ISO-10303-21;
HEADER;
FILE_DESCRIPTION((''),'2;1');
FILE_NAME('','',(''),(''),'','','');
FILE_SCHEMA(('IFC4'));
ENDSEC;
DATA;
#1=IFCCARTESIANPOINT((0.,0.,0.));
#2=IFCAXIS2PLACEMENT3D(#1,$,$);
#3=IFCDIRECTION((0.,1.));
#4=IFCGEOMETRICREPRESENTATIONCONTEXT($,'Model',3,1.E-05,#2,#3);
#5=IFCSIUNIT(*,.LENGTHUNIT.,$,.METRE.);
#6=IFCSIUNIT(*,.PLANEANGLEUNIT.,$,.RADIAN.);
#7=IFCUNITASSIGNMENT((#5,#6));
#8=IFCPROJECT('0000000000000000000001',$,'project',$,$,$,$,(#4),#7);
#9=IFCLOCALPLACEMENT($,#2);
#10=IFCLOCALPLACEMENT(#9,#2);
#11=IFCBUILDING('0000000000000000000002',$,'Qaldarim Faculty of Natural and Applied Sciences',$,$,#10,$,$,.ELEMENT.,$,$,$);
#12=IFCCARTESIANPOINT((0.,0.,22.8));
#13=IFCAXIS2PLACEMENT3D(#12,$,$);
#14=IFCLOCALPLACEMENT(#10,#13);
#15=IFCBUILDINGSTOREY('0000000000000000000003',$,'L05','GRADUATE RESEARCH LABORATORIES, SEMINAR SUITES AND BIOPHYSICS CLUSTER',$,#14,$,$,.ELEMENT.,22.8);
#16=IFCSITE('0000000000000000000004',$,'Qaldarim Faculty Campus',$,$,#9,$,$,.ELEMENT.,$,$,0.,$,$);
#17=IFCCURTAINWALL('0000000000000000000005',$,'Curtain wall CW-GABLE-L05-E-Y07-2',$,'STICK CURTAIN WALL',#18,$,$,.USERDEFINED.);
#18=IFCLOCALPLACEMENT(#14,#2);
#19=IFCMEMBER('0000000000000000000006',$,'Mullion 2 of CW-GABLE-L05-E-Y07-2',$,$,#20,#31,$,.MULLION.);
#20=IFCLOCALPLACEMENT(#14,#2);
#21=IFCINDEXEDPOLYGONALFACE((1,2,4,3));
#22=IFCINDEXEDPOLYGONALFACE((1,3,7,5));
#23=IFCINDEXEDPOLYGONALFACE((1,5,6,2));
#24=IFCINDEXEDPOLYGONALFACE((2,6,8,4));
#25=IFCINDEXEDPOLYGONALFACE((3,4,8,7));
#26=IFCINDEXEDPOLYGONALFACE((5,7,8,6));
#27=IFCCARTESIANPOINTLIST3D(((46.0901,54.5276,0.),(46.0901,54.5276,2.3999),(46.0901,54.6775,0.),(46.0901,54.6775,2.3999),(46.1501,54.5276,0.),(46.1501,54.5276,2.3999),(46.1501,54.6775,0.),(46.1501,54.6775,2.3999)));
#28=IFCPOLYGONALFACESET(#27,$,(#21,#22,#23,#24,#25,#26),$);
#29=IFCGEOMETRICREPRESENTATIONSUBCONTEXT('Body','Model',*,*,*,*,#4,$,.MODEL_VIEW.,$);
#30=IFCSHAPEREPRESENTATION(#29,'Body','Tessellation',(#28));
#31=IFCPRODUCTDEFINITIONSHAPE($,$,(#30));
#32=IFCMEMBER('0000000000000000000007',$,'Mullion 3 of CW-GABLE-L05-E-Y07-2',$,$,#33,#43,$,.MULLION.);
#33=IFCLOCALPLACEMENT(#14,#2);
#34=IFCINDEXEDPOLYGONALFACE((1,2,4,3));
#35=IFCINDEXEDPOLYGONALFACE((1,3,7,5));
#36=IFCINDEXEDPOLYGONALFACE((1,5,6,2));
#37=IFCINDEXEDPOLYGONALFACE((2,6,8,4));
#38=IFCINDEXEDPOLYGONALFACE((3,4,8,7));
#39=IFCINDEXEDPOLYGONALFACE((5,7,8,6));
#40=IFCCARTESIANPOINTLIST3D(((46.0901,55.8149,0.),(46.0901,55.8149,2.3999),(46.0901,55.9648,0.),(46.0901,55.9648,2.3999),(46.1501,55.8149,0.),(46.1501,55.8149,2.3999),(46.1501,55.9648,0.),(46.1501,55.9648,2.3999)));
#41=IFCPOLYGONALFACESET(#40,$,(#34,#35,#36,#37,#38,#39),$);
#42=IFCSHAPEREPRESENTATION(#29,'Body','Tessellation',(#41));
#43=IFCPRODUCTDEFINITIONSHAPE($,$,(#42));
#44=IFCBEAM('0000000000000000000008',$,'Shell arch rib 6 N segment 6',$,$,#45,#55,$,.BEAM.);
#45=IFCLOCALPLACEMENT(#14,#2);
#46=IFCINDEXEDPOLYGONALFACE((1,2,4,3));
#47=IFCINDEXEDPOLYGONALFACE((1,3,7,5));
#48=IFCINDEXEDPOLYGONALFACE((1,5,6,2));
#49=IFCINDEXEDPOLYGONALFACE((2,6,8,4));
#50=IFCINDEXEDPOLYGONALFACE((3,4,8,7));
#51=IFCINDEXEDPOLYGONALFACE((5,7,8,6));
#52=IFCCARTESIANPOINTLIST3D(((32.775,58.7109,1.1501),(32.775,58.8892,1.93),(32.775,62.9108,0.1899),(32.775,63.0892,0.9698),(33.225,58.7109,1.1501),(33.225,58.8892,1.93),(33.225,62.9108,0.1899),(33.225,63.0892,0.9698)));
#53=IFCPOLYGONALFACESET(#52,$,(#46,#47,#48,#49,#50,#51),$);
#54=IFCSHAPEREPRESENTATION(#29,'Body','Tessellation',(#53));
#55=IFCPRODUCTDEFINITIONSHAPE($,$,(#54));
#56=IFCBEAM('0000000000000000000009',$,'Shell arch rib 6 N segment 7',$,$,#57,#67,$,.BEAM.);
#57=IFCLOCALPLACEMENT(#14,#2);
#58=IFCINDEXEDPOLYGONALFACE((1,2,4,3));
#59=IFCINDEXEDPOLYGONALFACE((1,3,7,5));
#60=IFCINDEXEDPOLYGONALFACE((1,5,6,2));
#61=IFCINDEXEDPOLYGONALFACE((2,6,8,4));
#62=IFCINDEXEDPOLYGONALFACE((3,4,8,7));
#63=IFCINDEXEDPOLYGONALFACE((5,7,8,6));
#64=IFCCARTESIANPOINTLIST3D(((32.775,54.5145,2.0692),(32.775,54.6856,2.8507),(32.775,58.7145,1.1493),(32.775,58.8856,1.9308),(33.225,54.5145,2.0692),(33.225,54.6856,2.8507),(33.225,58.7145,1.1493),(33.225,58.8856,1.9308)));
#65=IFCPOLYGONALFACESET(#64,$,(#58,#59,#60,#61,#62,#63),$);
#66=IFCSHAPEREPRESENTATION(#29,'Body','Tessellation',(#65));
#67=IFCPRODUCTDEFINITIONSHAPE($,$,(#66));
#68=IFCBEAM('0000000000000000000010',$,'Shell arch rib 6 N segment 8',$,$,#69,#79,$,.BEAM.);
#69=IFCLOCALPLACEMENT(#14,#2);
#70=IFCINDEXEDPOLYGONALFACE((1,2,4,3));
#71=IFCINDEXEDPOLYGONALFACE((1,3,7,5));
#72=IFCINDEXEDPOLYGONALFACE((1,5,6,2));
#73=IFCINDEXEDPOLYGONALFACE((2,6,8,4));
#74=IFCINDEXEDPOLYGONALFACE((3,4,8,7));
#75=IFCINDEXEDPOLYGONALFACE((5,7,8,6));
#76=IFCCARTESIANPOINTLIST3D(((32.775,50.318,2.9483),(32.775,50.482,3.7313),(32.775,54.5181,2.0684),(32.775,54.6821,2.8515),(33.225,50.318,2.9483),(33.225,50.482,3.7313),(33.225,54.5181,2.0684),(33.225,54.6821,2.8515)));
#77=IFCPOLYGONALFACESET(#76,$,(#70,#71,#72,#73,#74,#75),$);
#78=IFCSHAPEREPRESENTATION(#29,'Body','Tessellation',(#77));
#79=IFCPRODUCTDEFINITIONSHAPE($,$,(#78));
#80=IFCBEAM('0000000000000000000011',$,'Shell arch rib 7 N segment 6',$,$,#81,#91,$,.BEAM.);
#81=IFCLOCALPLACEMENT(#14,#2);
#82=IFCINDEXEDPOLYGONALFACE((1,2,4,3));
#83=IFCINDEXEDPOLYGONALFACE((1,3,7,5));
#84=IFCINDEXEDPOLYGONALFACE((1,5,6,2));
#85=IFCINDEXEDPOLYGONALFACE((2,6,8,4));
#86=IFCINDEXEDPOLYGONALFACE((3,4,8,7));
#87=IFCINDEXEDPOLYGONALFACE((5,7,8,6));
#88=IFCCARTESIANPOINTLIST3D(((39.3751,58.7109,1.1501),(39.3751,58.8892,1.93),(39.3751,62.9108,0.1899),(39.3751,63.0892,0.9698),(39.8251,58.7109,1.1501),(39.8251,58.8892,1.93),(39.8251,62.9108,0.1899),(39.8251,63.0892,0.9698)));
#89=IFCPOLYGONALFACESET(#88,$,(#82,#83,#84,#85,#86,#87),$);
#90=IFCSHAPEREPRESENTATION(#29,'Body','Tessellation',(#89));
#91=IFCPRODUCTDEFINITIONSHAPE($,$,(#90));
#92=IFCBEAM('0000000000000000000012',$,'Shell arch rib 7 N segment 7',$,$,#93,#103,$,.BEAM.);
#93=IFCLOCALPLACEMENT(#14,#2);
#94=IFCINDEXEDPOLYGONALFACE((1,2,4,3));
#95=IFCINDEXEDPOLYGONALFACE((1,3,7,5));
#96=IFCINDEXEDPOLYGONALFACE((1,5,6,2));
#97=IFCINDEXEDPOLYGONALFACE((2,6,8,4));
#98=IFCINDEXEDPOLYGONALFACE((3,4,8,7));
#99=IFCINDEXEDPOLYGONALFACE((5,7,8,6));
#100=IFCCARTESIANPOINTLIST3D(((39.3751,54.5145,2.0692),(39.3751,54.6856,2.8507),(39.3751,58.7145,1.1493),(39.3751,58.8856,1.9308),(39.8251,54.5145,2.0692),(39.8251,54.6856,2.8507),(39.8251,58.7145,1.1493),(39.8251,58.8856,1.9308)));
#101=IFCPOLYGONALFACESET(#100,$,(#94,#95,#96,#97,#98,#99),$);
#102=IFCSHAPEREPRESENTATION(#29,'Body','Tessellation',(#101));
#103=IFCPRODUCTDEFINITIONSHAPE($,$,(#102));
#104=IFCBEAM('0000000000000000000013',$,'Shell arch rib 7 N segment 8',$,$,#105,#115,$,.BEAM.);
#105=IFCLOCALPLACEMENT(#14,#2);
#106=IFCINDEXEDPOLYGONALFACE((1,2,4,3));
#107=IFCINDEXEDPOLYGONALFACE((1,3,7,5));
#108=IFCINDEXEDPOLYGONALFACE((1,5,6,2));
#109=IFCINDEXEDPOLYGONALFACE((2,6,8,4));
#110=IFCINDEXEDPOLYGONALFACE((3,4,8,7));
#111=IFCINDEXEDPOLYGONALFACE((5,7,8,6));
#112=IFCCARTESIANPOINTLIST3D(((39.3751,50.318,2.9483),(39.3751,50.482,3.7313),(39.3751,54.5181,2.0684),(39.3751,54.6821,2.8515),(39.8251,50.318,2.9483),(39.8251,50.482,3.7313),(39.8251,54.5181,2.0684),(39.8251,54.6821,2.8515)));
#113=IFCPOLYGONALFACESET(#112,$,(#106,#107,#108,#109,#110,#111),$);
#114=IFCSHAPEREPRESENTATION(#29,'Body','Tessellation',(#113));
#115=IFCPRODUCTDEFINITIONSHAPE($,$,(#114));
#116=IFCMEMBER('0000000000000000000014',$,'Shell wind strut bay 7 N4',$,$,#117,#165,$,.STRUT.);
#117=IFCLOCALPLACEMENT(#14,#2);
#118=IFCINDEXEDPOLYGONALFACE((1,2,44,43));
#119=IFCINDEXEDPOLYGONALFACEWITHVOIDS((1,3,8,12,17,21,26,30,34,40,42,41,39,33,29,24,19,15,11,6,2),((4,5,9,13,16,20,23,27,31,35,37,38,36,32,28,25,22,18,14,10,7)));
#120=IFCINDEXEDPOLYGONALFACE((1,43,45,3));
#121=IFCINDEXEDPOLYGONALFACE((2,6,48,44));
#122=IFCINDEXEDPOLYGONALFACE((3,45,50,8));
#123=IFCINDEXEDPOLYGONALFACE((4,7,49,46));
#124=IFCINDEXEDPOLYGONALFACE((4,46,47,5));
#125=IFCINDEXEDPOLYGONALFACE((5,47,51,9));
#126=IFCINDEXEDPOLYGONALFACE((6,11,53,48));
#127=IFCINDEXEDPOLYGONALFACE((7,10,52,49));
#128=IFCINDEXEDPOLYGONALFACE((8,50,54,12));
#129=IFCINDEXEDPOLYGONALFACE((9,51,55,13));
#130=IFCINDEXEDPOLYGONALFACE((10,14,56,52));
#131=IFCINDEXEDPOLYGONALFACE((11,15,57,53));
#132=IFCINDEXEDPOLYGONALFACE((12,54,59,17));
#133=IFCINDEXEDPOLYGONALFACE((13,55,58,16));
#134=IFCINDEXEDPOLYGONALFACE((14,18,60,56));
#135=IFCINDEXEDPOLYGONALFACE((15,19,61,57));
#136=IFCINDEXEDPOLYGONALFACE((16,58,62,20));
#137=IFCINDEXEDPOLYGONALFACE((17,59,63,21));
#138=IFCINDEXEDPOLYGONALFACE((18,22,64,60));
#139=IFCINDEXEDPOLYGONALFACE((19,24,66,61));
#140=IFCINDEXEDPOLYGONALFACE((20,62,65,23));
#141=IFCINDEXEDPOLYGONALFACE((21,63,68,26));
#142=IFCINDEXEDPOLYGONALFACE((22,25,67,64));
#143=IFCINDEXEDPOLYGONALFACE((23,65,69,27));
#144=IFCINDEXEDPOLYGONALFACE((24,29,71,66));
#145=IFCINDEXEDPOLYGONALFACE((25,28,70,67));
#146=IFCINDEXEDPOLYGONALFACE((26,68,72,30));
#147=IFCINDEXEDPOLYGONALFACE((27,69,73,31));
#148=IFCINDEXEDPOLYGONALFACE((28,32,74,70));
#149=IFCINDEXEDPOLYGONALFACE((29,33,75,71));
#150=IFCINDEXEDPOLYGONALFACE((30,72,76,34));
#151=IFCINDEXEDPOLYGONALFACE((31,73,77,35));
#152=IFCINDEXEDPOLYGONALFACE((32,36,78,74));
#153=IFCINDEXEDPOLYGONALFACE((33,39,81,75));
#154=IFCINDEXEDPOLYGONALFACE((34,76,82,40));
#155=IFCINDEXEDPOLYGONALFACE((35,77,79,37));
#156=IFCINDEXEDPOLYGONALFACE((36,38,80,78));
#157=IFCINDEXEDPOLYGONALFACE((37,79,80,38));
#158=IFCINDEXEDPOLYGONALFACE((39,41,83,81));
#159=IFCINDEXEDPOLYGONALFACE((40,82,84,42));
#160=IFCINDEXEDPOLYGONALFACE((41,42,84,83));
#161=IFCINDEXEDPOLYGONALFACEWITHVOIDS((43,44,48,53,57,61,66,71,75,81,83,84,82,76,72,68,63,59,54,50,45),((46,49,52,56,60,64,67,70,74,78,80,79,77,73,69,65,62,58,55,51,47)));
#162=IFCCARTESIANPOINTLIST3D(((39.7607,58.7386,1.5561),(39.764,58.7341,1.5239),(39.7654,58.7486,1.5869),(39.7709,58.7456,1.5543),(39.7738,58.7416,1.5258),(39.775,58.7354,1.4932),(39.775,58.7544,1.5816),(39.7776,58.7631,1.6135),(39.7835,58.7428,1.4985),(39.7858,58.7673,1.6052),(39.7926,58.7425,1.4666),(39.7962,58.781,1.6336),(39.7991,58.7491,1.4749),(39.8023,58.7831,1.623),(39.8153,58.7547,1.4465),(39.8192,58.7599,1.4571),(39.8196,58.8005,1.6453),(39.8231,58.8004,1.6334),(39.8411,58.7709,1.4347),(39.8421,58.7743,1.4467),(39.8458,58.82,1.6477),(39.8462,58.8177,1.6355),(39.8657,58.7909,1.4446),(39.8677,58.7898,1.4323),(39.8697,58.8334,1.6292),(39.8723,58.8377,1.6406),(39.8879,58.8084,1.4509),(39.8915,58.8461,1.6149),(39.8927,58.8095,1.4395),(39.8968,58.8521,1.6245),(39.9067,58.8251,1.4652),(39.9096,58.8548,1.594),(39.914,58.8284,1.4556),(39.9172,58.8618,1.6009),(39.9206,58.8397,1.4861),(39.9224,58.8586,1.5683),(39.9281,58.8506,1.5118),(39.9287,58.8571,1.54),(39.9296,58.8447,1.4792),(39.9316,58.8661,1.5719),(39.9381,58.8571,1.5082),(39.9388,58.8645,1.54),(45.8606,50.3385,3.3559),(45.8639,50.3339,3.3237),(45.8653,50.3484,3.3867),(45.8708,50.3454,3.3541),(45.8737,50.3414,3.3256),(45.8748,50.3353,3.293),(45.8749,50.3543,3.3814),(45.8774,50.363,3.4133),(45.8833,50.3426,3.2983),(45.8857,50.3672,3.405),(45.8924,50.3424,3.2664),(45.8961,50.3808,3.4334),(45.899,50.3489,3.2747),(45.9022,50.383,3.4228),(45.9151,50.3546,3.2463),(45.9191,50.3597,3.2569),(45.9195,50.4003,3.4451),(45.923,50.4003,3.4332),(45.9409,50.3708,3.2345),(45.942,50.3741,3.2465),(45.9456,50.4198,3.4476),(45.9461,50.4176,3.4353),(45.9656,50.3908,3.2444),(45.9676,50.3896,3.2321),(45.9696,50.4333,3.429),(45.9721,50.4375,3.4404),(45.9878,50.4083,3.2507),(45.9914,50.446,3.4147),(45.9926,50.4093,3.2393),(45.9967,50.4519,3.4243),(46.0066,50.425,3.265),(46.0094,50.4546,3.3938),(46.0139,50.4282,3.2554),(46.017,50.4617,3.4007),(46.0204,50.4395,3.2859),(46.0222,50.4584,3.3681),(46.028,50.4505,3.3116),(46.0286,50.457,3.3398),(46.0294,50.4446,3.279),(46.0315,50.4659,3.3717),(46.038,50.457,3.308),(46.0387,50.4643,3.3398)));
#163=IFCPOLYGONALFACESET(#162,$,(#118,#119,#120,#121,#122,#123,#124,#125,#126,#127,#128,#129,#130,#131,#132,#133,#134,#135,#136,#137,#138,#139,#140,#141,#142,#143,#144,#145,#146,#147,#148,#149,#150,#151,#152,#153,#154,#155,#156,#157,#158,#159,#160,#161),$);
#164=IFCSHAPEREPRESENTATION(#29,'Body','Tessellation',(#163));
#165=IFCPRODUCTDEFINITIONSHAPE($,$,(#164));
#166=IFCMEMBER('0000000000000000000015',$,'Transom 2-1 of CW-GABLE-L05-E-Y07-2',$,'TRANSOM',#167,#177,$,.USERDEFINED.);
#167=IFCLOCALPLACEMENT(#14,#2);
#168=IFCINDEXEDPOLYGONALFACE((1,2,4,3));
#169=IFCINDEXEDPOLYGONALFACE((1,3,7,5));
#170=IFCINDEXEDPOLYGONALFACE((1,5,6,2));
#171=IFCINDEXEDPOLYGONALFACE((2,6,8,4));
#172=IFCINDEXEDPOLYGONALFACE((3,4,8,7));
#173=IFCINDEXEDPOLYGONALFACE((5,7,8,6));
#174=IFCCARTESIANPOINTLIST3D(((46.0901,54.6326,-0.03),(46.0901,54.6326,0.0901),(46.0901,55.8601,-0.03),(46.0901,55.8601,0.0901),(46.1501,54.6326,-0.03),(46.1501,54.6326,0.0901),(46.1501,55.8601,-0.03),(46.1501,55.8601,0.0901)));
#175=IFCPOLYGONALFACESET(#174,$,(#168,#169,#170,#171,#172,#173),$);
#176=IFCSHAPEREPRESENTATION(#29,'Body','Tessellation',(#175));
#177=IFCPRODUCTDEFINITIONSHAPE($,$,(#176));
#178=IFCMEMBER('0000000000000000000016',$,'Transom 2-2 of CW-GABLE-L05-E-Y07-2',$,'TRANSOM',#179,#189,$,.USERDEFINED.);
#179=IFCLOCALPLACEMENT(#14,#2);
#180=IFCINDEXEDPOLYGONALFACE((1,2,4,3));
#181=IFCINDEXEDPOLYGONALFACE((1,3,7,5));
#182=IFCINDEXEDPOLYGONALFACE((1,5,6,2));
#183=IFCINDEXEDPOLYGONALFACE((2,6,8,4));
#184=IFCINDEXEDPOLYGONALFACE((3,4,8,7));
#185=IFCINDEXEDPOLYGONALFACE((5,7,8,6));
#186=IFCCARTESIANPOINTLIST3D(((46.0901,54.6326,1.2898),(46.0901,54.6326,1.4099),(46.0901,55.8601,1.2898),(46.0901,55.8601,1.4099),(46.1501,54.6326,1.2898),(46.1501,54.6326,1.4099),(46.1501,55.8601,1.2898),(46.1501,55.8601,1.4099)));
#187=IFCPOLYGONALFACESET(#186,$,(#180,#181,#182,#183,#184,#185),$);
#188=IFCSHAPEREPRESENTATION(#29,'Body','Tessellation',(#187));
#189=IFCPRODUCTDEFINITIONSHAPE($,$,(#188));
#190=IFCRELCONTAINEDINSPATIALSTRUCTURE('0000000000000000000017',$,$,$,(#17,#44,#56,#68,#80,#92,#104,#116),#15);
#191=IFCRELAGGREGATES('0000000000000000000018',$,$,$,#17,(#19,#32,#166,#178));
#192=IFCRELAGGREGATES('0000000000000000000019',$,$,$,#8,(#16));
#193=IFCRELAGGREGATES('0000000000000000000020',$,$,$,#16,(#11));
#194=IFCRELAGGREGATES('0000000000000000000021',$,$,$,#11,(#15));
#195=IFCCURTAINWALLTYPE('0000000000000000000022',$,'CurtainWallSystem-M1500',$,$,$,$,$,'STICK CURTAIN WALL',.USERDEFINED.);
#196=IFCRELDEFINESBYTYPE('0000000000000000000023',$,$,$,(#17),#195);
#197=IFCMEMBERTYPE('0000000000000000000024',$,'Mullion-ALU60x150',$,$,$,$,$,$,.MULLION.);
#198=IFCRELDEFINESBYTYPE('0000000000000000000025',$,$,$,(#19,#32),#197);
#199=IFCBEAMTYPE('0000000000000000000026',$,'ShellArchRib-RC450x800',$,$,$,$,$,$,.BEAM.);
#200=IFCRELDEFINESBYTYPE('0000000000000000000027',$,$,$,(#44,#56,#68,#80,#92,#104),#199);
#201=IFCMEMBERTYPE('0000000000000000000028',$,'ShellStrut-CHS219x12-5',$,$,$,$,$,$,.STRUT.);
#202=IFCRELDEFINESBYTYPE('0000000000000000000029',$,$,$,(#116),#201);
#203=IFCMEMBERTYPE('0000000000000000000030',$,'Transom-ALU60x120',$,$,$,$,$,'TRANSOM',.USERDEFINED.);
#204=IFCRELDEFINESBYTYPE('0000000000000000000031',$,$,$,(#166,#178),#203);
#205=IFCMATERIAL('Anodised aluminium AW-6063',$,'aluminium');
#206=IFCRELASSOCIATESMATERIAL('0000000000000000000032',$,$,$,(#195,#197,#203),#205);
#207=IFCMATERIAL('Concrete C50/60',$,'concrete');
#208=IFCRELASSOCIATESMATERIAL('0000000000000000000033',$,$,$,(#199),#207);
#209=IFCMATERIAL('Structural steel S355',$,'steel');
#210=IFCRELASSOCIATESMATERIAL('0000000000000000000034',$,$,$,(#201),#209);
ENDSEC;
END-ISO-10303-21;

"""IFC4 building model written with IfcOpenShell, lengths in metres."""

from ifc_helpers import new_model, si_unit, direction, frame, origin, origin_2d, place, context, subcontext, project, spatial, rectangle, hollow_circle, extrude, material, material_profile, profile_set, type_object, element, aggregate, save


model = new_model("IFC4")

# Units and contexts
model_context = context("Model", 3, precision=1e-05, world=origin(), true_north=direction((0.0, 1.0)))
body_context = subcontext(model_context, "Body", "Model", "MODEL_VIEW")
ifc_project = project(units=[si_unit("LENGTHUNIT", "METRE"), si_unit("PLANEANGLEUNIT", "RADIAN")], contexts=[model_context])

# Site, building, storey
site_placement = place(None, origin())
site = spatial("IfcSite", under=ifc_project, at=site_placement, Name="Qaldarim Faculty Campus", CompositionType="ELEMENT", RefElevation=0.0)
building_placement = place(site_placement, origin())
building = spatial("IfcBuilding", under=site, at=building_placement, Name="Qaldarim Faculty of Natural and Applied Sciences", CompositionType="ELEMENT")
storey_placement = place(building_placement, frame((0.0, 0.0, 22.8)))
storey = spatial("IfcBuildingStorey", under=building, at=storey_placement, Name="L05", Description="GRADUATE RESEARCH LABORATORIES, SEMINAR SUITES AND BIOPHYSICS CLUSTER", CompositionType="ELEMENT", Elevation=22.8)

# Curtain wall, members
ifc_material_1 = material(Name="Anodised aluminium AW-6063", Category="aluminium")
curtain_wall_type = type_object("IfcCurtainWallType", Name="CurtainWallSystem-M1500", ElementType="STICK CURTAIN WALL", PredefinedType="USERDEFINED", material=ifc_material_1)
curtain_wall_placement = place(storey_placement, origin())
curtain_wall = element("IfcCurtainWall", 1, at=curtain_wall_placement, inside=storey, type_object=curtain_wall_type, Name="Curtain wall CW-GABLE-L05-E-Y07-2", ObjectType="STICK CURTAIN WALL", PredefinedType="USERDEFINED")
ifc_material_profile_1 = material_profile(ifc_material_1, rectangle(XDim=0.0601, YDim=0.1499, at=origin_2d()), Name="ALU-M60x150")
ifc_profile_set_1 = profile_set([ifc_material_profile_1], Name="Anodised aluminium AW-6063")
member_type_1 = type_object("IfcMemberType", Name="Mullion-ALU60x150", PredefinedType="MULLION", material=ifc_profile_set_1)
member_1_placement = place(storey_placement, frame((46.1201, 54.6025, 0.0), z_axis=(0.0, 0.0, 1.0), x_axis=(-1.0, 0.0, 0.0)))
member_1 = element("IfcMember", 2, at=member_1_placement, type_object=member_type_1, Name="Mullion 2 of CW-GABLE-L05-E-Y07-2", PredefinedType="MULLION", context=body_context, shape_type="SweptSolid", body=[
    extrude(rectangle(XDim=0.0601, YDim=0.1499, at=origin_2d()), origin(), (0.0, 0.0, 1.0), 2.3999),
])
member_2_placement = place(storey_placement, frame((46.1201, 55.8899, 0.0), z_axis=(0.0, 0.0, 1.0), x_axis=(-1.0, 0.0, 0.0)))
member_2 = element("IfcMember", 3, at=member_2_placement, type_object=member_type_1, Name="Mullion 3 of CW-GABLE-L05-E-Y07-2", PredefinedType="MULLION", context=body_context, shape_type="SweptSolid", body=[
    extrude(rectangle(XDim=0.0601, YDim=0.1499, at=origin_2d()), origin(), (0.0, 0.0, 1.0), 2.3999),
])

# Beams
ifc_material_2 = material(Name="Concrete C50/60", Category="concrete")
ifc_material_profile_2 = material_profile(ifc_material_2, rectangle(XDim=0.45, YDim=0.8, at=origin_2d()), Name="RC-RIB450x800")
ifc_profile_set_2 = profile_set([ifc_material_profile_2], Name="Concrete C50/60")
beam_type = type_object("IfcBeamType", Name="ShellArchRib-RC450x800", PredefinedType="BEAM", material=ifc_profile_set_2)
beam_1_placement = place(storey_placement, frame((33.0, 63.0, 0.5798), z_axis=(0.0, -0.974848, 0.222873), x_axis=(1.0, 0.0, 0.0)))
element("IfcBeam", 4, at=beam_1_placement, inside=storey, type_object=beam_type, Name="Shell arch rib 6 N segment 6", PredefinedType="BEAM", context=body_context, shape_type="SweptSolid", body=[
    extrude(rectangle(XDim=0.45, YDim=0.8, at=origin_2d()), origin(), (0.0, 0.0, 1.0), 4.3083),
])
beam_2_placement = place(storey_placement, frame((33.0, 58.8, 1.54), z_axis=(0.0, -0.976843, 0.213959), x_axis=(1.0, 0.0, 0.0)))
element("IfcBeam", 5, at=beam_2_placement, inside=storey, type_object=beam_type, Name="Shell arch rib 6 N segment 7", PredefinedType="BEAM", context=body_context, shape_type="SweptSolid", body=[
    extrude(rectangle(XDim=0.45, YDim=0.8, at=origin_2d()), origin(), (0.0, 0.0, 1.0), 4.2996),
])
beam_3_placement = place(storey_placement, frame((33.0, 54.6001, 2.46), z_axis=(0.0, -0.978755, 0.205036), x_axis=(1.0, 0.0, 0.0)))
element("IfcBeam", 6, at=beam_3_placement, inside=storey, type_object=beam_type, Name="Shell arch rib 6 N segment 8", PredefinedType="BEAM", context=body_context, shape_type="SweptSolid", body=[
    extrude(rectangle(XDim=0.45, YDim=0.8, at=origin_2d()), origin(), (0.0, 0.0, 1.0), 4.2913),
])
beam_4_placement = place(storey_placement, frame((39.6001, 63.0, 0.5798), z_axis=(0.0, -0.974848, 0.222873), x_axis=(1.0, 0.0, 0.0)))
element("IfcBeam", 7, at=beam_4_placement, inside=storey, type_object=beam_type, Name="Shell arch rib 7 N segment 6", PredefinedType="BEAM", context=body_context, shape_type="SweptSolid", body=[
    extrude(rectangle(XDim=0.45, YDim=0.8, at=origin_2d()), origin(), (0.0, 0.0, 1.0), 4.3083),
])
beam_5_placement = place(storey_placement, frame((39.6001, 58.8, 1.54), z_axis=(0.0, -0.976843, 0.213959), x_axis=(1.0, 0.0, 0.0)))
element("IfcBeam", 8, at=beam_5_placement, inside=storey, type_object=beam_type, Name="Shell arch rib 7 N segment 7", PredefinedType="BEAM", context=body_context, shape_type="SweptSolid", body=[
    extrude(rectangle(XDim=0.45, YDim=0.8, at=origin_2d()), origin(), (0.0, 0.0, 1.0), 4.2996),
])
beam_6_placement = place(storey_placement, frame((39.6001, 54.6001, 2.46), z_axis=(0.0, -0.978755, 0.205036), x_axis=(1.0, 0.0, 0.0)))
element("IfcBeam", 9, at=beam_6_placement, inside=storey, type_object=beam_type, Name="Shell arch rib 7 N segment 8", PredefinedType="BEAM", context=body_context, shape_type="SweptSolid", body=[
    extrude(rectangle(XDim=0.45, YDim=0.8, at=origin_2d()), origin(), (0.0, 0.0, 1.0), 4.2913),
])

# Members
ifc_material_3 = material(Name="Structural steel S355", Category="steel")
ifc_material_profile_3 = material_profile(ifc_material_3, hollow_circle(Radius=0.1096, WallThickness=0.0125, at=origin_2d()), Name="CHS 219.1x12.5")
ifc_profile_set_3 = profile_set([ifc_material_profile_3], Name="Structural steel S355")
member_type_2 = type_object("IfcMemberType", Name="ShellStrut-CHS219x12-5", PredefinedType="STRUT", material=ifc_profile_set_3)
member_3_placement = place(storey_placement, frame((39.8501, 58.8, 1.54), z_axis=(0.578946, -0.797271, 0.170822), x_axis=(0.809164, 0.587583, 0.0)))
element("IfcMember", 10, at=member_3_placement, inside=storey, type_object=member_type_2, Name="Shell wind strut bay 7 N4", PredefinedType="STRUT", context=body_context, shape_type="SweptSolid", body=[
    extrude(hollow_circle(Radius=0.1096, WallThickness=0.0125, at=origin_2d()), origin(), (0.0, 0.0, 1.0), 10.5361),
])
ifc_material_profile_4 = material_profile(ifc_material_1, rectangle(XDim=0.0601, YDim=0.1201, at=origin_2d()), Name="ALU-T60x120")
ifc_profile_set_4 = profile_set([ifc_material_profile_4], Name="Anodised aluminium AW-6063")
member_type_3 = type_object("IfcMemberType", Name="Transom-ALU60x120", ElementType="TRANSOM", PredefinedType="USERDEFINED", material=ifc_profile_set_4)
member_4_placement = place(storey_placement, frame((46.1201, 54.6326, 0.03), z_axis=(0.0, 1.0, 0.0), x_axis=(-1.0, 0.0, 0.0)))
member_4 = element("IfcMember", 11, at=member_4_placement, type_object=member_type_3, Name="Transom 2-1 of CW-GABLE-L05-E-Y07-2", ObjectType="TRANSOM", PredefinedType="USERDEFINED", context=body_context, shape_type="SweptSolid", body=[
    extrude(rectangle(XDim=0.0601, YDim=0.1201, at=origin_2d()), origin(), (0.0, 0.0, 1.0), 1.2275),
])
member_5_placement = place(storey_placement, frame((46.1201, 54.6326, 1.3499), z_axis=(0.0, 1.0, 0.0), x_axis=(-1.0, 0.0, 0.0)))
member_5 = element("IfcMember", 12, at=member_5_placement, type_object=member_type_3, Name="Transom 2-2 of CW-GABLE-L05-E-Y07-2", ObjectType="TRANSOM", PredefinedType="USERDEFINED", context=body_context, shape_type="SweptSolid", body=[
    extrude(rectangle(XDim=0.0601, YDim=0.1201, at=origin_2d()), origin(), (0.0, 0.0, 1.0), 1.2275),
])

aggregate(curtain_wall, [member_1, member_2, member_4, member_5])

save(model, "model.ifc")
